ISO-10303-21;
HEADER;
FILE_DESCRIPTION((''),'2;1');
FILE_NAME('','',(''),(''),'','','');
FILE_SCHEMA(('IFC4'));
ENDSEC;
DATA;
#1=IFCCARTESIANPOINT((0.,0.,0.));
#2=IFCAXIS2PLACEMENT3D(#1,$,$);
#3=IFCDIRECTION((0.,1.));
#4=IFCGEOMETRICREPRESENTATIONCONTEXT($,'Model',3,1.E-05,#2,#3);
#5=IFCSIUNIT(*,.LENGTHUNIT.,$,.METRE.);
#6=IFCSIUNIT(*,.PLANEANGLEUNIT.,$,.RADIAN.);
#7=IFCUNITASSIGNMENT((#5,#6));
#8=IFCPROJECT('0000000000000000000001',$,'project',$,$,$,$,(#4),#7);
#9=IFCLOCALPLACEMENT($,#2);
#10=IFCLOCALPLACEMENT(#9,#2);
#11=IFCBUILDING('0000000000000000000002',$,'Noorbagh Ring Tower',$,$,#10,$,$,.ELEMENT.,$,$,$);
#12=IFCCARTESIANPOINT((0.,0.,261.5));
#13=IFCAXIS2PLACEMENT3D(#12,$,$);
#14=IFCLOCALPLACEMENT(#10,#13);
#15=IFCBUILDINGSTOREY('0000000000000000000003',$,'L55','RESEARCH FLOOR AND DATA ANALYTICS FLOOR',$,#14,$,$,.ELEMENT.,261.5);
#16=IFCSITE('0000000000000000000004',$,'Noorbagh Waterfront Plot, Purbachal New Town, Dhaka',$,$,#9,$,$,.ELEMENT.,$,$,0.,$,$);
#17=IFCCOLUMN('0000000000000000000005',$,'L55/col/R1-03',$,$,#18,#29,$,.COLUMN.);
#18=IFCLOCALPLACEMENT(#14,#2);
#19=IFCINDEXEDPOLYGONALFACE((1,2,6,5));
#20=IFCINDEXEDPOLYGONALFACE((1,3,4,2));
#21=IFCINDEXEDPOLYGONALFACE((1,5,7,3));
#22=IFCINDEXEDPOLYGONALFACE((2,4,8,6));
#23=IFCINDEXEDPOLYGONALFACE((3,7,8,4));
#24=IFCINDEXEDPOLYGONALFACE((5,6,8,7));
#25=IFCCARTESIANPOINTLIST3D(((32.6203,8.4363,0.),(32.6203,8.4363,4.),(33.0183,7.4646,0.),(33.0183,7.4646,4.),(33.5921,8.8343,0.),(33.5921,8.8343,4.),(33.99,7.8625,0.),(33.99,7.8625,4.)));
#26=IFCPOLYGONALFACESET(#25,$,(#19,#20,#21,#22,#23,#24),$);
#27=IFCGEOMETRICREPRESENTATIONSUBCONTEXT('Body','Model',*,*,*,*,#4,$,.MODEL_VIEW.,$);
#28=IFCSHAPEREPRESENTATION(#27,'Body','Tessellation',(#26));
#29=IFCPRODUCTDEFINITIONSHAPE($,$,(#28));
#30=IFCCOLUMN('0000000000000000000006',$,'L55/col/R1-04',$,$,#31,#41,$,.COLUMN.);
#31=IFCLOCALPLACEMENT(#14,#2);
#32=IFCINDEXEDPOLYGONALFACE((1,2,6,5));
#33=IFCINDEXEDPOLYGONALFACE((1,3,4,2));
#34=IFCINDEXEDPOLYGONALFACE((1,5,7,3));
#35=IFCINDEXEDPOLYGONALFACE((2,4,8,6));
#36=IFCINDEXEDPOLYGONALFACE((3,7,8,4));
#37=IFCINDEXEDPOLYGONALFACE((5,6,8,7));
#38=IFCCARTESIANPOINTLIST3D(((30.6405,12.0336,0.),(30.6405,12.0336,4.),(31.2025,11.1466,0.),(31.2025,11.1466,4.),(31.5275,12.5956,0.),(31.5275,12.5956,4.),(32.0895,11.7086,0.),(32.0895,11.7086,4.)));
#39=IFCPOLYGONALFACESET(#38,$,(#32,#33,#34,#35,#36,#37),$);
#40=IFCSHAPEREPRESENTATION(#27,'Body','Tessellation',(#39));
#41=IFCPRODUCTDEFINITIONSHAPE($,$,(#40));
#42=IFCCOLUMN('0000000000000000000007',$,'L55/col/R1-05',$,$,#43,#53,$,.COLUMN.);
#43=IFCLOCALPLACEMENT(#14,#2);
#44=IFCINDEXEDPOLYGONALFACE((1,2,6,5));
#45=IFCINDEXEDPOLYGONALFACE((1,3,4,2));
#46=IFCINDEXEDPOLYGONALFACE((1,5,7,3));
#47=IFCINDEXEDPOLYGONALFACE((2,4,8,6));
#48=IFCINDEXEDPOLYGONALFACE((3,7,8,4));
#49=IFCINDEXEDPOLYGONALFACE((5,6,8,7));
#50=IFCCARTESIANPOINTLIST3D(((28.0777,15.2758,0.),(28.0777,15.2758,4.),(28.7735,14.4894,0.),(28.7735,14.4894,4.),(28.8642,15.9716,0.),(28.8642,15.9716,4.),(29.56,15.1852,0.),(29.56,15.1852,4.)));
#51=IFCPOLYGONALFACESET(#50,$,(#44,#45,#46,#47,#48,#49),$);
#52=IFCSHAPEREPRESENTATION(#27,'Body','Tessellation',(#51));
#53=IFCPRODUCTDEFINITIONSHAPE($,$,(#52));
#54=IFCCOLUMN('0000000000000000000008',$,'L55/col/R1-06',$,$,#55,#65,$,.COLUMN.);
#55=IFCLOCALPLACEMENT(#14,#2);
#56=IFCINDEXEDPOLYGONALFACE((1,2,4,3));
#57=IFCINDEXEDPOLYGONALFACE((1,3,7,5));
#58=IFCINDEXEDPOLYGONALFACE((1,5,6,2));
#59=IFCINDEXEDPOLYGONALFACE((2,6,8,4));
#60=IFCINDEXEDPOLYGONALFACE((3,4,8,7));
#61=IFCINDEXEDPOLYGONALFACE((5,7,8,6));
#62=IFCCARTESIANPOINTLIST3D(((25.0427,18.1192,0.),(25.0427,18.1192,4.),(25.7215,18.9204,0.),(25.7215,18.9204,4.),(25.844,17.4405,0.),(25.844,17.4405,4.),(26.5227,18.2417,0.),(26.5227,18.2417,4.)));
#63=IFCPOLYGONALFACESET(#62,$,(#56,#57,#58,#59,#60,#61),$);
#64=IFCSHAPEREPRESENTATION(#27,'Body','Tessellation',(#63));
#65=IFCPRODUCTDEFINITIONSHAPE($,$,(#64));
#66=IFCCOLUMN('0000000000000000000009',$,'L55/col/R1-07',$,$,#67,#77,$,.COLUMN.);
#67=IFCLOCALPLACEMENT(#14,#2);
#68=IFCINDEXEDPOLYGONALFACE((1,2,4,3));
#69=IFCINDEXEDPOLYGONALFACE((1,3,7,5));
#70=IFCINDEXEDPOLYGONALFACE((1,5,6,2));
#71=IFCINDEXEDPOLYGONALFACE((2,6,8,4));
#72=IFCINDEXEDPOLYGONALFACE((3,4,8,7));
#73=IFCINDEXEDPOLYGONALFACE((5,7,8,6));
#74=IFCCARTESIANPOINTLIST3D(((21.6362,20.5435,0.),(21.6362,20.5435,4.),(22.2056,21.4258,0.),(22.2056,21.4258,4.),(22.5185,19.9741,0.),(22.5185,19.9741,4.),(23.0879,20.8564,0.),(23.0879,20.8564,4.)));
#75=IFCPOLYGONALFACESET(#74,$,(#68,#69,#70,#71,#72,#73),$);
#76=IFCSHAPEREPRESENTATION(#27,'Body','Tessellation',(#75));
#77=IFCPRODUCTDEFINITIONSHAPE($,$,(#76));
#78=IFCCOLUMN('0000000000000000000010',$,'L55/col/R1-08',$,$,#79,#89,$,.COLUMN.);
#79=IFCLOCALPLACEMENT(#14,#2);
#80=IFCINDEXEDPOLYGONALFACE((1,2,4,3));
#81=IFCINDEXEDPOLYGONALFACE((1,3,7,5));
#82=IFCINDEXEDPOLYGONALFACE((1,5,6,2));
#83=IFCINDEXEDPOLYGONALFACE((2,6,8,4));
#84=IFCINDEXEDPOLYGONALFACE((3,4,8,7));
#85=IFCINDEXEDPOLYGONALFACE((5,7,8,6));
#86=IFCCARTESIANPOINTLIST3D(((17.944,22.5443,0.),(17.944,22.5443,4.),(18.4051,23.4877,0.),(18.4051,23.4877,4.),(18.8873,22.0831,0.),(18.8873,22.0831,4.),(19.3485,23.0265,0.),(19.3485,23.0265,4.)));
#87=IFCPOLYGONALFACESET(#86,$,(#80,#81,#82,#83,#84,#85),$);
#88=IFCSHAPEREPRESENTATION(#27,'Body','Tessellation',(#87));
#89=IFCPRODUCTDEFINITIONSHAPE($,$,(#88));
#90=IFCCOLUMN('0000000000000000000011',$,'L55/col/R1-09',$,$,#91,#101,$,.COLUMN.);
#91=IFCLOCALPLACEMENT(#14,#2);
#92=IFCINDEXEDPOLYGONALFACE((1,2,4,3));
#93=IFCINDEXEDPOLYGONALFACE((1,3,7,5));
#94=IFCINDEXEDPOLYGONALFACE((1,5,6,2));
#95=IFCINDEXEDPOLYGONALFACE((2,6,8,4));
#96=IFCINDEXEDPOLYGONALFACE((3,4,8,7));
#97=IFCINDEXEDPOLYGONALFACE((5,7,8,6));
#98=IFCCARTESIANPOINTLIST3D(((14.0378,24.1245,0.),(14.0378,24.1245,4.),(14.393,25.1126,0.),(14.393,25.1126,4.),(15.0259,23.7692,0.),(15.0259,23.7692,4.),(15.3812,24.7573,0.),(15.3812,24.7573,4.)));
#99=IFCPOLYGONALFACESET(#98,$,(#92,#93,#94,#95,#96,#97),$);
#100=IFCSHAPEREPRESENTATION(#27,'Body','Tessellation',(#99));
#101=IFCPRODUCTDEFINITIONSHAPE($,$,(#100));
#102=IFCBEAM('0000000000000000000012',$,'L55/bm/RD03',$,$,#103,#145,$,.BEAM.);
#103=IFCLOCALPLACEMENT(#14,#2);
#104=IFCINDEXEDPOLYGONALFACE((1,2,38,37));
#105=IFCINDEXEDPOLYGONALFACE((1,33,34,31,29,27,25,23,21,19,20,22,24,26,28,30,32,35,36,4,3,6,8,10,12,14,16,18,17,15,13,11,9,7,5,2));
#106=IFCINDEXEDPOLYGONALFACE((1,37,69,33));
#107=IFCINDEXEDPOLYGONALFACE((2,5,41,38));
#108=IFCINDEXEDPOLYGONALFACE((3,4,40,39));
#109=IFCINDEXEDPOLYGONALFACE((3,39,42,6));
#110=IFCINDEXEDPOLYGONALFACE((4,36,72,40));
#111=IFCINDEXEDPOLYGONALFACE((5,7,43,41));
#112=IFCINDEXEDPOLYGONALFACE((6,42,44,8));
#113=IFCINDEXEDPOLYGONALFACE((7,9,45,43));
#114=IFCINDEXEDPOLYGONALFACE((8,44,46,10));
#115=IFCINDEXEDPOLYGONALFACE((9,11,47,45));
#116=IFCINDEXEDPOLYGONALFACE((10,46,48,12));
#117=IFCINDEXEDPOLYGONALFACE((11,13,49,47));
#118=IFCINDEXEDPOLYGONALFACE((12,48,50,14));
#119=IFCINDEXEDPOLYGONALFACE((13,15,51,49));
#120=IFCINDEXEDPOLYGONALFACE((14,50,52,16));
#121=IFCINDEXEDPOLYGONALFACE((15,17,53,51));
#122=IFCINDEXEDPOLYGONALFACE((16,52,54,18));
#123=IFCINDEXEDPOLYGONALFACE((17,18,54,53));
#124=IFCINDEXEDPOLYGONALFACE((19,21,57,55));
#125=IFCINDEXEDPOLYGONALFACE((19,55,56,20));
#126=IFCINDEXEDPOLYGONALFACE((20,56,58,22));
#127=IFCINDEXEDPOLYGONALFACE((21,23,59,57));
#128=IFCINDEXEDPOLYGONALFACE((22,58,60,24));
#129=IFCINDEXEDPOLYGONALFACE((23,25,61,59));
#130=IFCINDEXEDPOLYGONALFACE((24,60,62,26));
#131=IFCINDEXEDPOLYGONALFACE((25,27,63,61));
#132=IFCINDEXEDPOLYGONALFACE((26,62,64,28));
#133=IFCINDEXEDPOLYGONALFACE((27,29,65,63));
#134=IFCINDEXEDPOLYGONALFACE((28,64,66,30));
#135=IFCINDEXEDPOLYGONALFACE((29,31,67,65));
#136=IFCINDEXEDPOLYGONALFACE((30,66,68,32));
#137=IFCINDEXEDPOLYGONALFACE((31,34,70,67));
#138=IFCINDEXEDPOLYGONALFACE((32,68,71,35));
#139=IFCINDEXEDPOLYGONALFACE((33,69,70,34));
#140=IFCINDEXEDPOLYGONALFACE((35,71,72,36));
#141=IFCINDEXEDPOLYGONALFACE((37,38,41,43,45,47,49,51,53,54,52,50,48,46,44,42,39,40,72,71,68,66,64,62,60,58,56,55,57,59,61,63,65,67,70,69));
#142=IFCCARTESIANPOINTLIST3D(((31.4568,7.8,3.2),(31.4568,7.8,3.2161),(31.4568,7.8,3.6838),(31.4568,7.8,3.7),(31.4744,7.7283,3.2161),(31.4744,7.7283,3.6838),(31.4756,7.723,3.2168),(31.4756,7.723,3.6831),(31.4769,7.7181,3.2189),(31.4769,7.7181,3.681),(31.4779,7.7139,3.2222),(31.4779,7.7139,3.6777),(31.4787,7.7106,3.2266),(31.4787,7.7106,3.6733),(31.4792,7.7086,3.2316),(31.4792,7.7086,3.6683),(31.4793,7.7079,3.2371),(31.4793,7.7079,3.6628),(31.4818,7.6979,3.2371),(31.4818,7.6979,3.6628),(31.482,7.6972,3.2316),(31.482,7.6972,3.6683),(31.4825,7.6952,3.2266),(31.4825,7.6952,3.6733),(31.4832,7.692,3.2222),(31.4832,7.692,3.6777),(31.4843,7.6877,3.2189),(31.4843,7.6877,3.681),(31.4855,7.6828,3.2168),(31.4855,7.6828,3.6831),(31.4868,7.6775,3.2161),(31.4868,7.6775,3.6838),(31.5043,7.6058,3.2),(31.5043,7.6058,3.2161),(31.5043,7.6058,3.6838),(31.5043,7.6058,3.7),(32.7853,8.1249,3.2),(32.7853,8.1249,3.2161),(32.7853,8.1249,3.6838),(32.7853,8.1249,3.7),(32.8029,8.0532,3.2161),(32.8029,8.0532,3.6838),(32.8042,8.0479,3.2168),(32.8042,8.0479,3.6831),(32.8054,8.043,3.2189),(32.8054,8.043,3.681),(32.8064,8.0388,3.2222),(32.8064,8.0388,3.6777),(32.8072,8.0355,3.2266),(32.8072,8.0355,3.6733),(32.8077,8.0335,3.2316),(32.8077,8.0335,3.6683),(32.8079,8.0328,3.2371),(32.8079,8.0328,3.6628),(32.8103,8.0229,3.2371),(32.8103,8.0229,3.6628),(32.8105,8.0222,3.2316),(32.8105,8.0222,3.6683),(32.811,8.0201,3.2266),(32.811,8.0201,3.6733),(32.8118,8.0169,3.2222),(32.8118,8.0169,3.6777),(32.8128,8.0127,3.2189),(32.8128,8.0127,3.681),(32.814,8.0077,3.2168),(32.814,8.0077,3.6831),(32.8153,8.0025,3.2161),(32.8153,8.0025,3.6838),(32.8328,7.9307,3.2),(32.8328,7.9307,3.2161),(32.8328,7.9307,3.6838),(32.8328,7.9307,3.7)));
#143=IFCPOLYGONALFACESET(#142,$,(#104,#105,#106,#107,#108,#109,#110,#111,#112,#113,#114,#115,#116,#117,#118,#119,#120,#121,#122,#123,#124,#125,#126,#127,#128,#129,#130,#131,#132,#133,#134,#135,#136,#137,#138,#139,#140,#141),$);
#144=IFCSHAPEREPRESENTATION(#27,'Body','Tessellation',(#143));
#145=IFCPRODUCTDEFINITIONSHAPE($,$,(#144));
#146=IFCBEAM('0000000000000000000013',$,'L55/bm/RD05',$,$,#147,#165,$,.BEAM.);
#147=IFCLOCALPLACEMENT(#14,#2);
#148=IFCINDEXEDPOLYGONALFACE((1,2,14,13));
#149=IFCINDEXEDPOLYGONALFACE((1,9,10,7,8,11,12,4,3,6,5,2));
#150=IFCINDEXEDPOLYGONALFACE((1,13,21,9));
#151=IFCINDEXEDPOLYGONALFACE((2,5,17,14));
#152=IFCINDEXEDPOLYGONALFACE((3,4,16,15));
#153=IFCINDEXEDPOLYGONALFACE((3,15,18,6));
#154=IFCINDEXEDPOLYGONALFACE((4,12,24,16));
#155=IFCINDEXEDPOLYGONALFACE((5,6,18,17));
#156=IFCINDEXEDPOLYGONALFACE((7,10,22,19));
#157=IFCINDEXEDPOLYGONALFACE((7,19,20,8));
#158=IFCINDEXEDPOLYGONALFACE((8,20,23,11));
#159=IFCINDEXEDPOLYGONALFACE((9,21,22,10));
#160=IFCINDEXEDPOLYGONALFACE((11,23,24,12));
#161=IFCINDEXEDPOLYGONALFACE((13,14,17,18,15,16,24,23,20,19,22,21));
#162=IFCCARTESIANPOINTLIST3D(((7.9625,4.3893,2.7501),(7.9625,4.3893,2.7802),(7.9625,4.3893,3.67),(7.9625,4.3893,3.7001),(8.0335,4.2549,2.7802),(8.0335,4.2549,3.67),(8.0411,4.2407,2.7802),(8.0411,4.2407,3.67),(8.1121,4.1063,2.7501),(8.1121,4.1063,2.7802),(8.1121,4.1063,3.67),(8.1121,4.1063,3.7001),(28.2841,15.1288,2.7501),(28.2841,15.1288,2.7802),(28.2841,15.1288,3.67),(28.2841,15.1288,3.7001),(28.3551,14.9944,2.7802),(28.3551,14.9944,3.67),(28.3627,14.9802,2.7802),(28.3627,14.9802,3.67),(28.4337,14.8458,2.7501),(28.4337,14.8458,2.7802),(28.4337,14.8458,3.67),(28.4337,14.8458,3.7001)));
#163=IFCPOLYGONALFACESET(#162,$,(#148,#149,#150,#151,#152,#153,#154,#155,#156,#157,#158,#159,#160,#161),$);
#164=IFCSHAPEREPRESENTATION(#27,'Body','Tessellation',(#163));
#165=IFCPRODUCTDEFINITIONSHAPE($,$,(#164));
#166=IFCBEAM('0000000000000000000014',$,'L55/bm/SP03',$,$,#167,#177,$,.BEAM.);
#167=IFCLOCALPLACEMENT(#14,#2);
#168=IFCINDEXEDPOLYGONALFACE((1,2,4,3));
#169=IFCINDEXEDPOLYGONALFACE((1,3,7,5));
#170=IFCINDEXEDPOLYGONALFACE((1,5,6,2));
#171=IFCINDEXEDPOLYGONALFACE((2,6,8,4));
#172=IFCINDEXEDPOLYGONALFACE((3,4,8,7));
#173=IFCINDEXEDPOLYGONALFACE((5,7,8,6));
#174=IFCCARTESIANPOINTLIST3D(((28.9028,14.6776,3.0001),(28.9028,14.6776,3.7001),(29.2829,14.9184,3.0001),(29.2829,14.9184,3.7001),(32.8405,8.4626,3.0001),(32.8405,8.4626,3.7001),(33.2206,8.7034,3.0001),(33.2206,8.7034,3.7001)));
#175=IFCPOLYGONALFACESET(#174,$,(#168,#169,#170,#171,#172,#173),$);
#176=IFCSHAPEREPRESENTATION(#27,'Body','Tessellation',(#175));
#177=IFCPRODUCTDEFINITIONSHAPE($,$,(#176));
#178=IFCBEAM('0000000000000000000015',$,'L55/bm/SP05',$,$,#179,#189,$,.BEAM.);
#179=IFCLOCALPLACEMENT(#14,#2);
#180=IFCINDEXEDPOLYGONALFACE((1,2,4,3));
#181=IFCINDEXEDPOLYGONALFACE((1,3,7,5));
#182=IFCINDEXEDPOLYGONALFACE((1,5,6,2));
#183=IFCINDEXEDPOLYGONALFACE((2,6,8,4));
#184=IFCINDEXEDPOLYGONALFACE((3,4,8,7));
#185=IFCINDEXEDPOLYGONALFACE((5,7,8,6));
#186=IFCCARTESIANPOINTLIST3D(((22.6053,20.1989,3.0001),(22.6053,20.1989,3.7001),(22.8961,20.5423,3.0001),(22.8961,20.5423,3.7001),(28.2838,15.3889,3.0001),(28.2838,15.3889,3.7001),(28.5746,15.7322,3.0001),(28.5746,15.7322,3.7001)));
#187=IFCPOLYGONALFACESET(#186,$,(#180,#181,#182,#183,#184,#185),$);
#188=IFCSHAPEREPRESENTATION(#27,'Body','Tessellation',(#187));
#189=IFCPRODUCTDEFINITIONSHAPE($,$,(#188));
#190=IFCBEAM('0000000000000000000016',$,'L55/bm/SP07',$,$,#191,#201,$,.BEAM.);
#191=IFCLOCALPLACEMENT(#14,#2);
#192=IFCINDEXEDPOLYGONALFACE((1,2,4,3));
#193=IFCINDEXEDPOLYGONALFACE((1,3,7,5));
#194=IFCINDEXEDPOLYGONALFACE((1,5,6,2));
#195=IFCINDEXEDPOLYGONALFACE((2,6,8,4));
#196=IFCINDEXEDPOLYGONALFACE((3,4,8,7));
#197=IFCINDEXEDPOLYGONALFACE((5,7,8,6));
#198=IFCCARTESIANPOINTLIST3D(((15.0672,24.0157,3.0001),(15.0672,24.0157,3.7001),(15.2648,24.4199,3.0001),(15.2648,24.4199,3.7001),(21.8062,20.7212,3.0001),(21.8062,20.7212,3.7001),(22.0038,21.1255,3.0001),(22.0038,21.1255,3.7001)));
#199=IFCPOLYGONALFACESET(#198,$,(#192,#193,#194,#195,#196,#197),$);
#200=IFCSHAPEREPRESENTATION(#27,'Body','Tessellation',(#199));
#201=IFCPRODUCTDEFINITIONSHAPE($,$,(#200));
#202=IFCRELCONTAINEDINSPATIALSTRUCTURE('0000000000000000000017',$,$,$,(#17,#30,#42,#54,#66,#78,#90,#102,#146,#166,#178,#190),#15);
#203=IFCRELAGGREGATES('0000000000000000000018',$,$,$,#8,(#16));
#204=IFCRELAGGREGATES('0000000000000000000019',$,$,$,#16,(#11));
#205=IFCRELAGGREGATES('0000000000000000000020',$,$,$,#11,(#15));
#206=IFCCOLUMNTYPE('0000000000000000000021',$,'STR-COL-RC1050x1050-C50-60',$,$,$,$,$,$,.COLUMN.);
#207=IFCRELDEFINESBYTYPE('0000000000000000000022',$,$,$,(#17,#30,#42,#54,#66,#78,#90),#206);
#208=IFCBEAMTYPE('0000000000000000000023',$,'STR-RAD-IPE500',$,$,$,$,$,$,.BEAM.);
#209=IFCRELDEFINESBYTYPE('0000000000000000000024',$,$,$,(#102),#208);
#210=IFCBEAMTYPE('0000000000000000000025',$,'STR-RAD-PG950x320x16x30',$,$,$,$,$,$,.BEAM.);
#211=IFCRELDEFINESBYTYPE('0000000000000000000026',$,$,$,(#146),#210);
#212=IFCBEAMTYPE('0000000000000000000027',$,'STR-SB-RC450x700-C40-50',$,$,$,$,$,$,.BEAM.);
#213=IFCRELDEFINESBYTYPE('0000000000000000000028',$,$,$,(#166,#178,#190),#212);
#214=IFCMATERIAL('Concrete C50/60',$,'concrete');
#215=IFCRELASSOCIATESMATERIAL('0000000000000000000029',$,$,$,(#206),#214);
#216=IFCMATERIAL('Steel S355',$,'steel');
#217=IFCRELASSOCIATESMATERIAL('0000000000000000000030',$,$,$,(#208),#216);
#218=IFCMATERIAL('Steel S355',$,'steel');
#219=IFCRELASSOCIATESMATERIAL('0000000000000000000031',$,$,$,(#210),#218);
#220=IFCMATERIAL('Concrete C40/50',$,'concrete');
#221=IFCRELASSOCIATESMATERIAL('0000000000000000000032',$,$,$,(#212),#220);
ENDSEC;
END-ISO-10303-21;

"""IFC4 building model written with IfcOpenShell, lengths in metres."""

from ifc_helpers import new_model, si_unit, direction, frame, origin, origin_2d, place, context, subcontext, project, spatial, rectangle, i_section, extrude, material, material_profile, profile_set, type_object, element, save


model = new_model("IFC4")

# Units and contexts
model_context = context("Model", 3, precision=1e-05, world=origin(), true_north=direction((0.0, 1.0)))
body_context = subcontext(model_context, "Body", "Model", "MODEL_VIEW")
ifc_project = project(units=[si_unit("LENGTHUNIT", "METRE"), si_unit("PLANEANGLEUNIT", "RADIAN")], contexts=[model_context])

# Site, building, storey
site_placement = place(None, origin())
site = spatial("IfcSite", under=ifc_project, at=site_placement, Name="Noorbagh Waterfront Plot, Purbachal New Town, Dhaka", CompositionType="ELEMENT", RefElevation=0.0)
building_placement = place(site_placement, origin())
building = spatial("IfcBuilding", under=site, at=building_placement, Name="Noorbagh Ring Tower", CompositionType="ELEMENT")
storey_placement = place(building_placement, frame((0.0, 0.0, 261.5)))
storey = spatial("IfcBuildingStorey", under=building, at=storey_placement, Name="L55", Description="RESEARCH FLOOR AND DATA ANALYTICS FLOOR", CompositionType="ELEMENT", Elevation=261.5)

# Columns
ifc_material_1 = material(Name="Concrete C50/60", Category="concrete")
ifc_material_profile_1 = material_profile(ifc_material_1, rectangle(XDim=1.05, YDim=1.05, at=origin_2d()), Name="RC1050x1050")
ifc_profile_set_1 = profile_set([ifc_material_profile_1], Name="Concrete C50/60")
column_type = type_object("IfcColumnType", Name="STR-COL-RC1050x1050-C50-60", PredefinedType="COLUMN", material=ifc_profile_set_1)
for number, where, z_axis, x_axis, name in (
    (1, (33.3052, 8.1494, 0.0), (0.0, 0.0, 1.0), (-0.378989, 0.925401, 0.0), "L55/col/R1-03"),
    (2, (31.365, 11.8711, 0.0), (0.0, 0.0, 1.0), (-0.53519, 0.844731, 0.0), "L55/col/R1-04"),
    (3, (28.8188, 15.2305, 0.0), (0.0, 0.0, 1.0), (-0.662636, 0.748942, 0.0), "L55/col/R1-05"),
    (4, (25.7827, 18.1804, 0.0), (0.0, 0.0, 1.0), (-0.763035, 0.646357, 0.0), "L55/col/R1-06"),
    (5, (22.3621, 20.7, 0.0), (0.0, 0.0, 1.0), (-0.840248, 0.542203, 0.0), "L55/col/R1-07"),
    (6, (18.6462, 22.7854, 0.0), (0.0, 0.0, 1.0), (-0.898399, 0.43918, 0.0), "L55/col/R1-08"),
    (7, (14.7095, 24.4409, 0.0), (0.0, 0.0, 1.0), (-0.941025, 0.338338, 0.0), "L55/col/R1-09"),
):
    element("IfcColumn", number, at=place(storey_placement, frame(where, z_axis=z_axis, x_axis=x_axis)), inside=storey, type_object=column_type, Name=name, PredefinedType="COLUMN", context=body_context, shape_type="SweptSolid", body=[
        extrude(rectangle(XDim=1.05, YDim=1.05, at=origin_2d()), origin(), (0.0, 0.0, 1.0), 4.0),
    ])

# Beams
ifc_material_2 = material(Name="Steel S355", Category="steel")
ifc_material_profile_2 = material_profile(ifc_material_2, i_section(OverallWidth=0.2, OverallDepth=0.5, WebThickness=0.0103, FlangeThickness=0.0161, FilletRadius=0.021, at=origin_2d()), Name="IPE500")
ifc_profile_set_2 = profile_set([ifc_material_profile_2], Name="Steel S355")
beam_type_1 = type_object("IfcBeamType", Name="STR-RAD-IPE500", PredefinedType="BEAM", material=ifc_profile_set_2)
beam_1_placement = place(storey_placement, frame((32.8091, 8.0278, 3.45), z_axis=(-0.971369, -0.237577, 0.0), x_axis=(0.237577, -0.971369, 0.0)))
element("IfcBeam", 8, at=beam_1_placement, inside=storey, type_object=beam_type_1, Name="L55/bm/RD03", PredefinedType="BEAM", context=body_context, shape_type="SweptSolid", body=[
    extrude(i_section(OverallWidth=0.2, OverallDepth=0.5, WebThickness=0.0103, FlangeThickness=0.0161, FilletRadius=0.021, at=origin_2d()), origin(), (0.0, 0.0, 1.0), 1.3677),
])
ifc_material_3 = material(Name="Steel S355", Category="steel")
ifc_material_profile_3 = material_profile(ifc_material_3, i_section(OverallWidth=0.3201, OverallDepth=0.95, WebThickness=0.0161, FlangeThickness=0.03, at=origin_2d()), Name="PG950x320x16x30")
ifc_profile_set_3 = profile_set([ifc_material_profile_3], Name="Steel S355")
beam_type_2 = type_object("IfcBeamType", Name="STR-RAD-PG950x320x16x30", PredefinedType="BEAM", material=ifc_profile_set_3)
beam_2_placement = place(storey_placement, frame((28.3589, 14.9873, 3.2251), z_axis=(-0.884129, -0.467243, 0.0), x_axis=(0.467243, -0.884129, 0.0)))
element("IfcBeam", 9, at=beam_2_placement, inside=storey, type_object=beam_type_2, Name="L55/bm/RD05", PredefinedType="BEAM", context=body_context, shape_type="SweptSolid", body=[
    extrude(i_section(OverallWidth=0.3201, OverallDepth=0.95, WebThickness=0.0161, FlangeThickness=0.03, at=origin_2d()), origin(), (0.0, 0.0, 1.0), 22.9849),
])
ifc_material_4 = material(Name="Concrete C40/50", Category="concrete")
ifc_material_profile_4 = material_profile(ifc_material_4, rectangle(XDim=0.45, YDim=0.7, at=origin_2d()), Name="RC450x700")
ifc_profile_set_4 = profile_set([ifc_material_profile_4], Name="Concrete C40/50")
beam_type_3 = type_object("IfcBeamType", Name="STR-SB-RC450x700-C40-50", PredefinedType="BEAM", material=ifc_profile_set_4)
beam_3_placement = place(storey_placement, frame((33.0305, 8.583, 3.3501), z_axis=(-0.5352, 0.844726, 0.0), x_axis=(-0.844726, -0.5352, 0.0)))
element("IfcBeam", 10, at=beam_3_placement, inside=storey, type_object=beam_type_3, Name="L55/bm/SP03", PredefinedType="BEAM", context=body_context, shape_type="SweptSolid", body=[
    extrude(rectangle(XDim=0.45, YDim=0.7, at=origin_2d()), origin(), (0.0, 0.0, 1.0), 7.3574),
])
beam_4_placement = place(storey_placement, frame((28.4292, 15.5605, 3.3501), z_axis=(-0.763041, 0.64635, 0.0), x_axis=(-0.64635, -0.763041, 0.0)))
element("IfcBeam", 11, at=beam_4_placement, inside=storey, type_object=beam_type_3, Name="L55/bm/SP05", PredefinedType="BEAM", context=body_context, shape_type="SweptSolid", body=[
    extrude(rectangle(XDim=0.45, YDim=0.7, at=origin_2d()), origin(), (0.0, 0.0, 1.0), 7.4419),
])
beam_5_placement = place(storey_placement, frame((21.905, 20.9233, 3.3501), z_axis=(-0.898395, 0.439189, 0.0), x_axis=(-0.439189, -0.898395, 0.0)))
element("IfcBeam", 12, at=beam_5_placement, inside=storey, type_object=beam_type_3, Name="L55/bm/SP07", PredefinedType="BEAM", context=body_context, shape_type="SweptSolid", body=[
    extrude(rectangle(XDim=0.45, YDim=0.7, at=origin_2d()), origin(), (0.0, 0.0, 1.0), 7.5012),
])

save(model, "model.ifc")
